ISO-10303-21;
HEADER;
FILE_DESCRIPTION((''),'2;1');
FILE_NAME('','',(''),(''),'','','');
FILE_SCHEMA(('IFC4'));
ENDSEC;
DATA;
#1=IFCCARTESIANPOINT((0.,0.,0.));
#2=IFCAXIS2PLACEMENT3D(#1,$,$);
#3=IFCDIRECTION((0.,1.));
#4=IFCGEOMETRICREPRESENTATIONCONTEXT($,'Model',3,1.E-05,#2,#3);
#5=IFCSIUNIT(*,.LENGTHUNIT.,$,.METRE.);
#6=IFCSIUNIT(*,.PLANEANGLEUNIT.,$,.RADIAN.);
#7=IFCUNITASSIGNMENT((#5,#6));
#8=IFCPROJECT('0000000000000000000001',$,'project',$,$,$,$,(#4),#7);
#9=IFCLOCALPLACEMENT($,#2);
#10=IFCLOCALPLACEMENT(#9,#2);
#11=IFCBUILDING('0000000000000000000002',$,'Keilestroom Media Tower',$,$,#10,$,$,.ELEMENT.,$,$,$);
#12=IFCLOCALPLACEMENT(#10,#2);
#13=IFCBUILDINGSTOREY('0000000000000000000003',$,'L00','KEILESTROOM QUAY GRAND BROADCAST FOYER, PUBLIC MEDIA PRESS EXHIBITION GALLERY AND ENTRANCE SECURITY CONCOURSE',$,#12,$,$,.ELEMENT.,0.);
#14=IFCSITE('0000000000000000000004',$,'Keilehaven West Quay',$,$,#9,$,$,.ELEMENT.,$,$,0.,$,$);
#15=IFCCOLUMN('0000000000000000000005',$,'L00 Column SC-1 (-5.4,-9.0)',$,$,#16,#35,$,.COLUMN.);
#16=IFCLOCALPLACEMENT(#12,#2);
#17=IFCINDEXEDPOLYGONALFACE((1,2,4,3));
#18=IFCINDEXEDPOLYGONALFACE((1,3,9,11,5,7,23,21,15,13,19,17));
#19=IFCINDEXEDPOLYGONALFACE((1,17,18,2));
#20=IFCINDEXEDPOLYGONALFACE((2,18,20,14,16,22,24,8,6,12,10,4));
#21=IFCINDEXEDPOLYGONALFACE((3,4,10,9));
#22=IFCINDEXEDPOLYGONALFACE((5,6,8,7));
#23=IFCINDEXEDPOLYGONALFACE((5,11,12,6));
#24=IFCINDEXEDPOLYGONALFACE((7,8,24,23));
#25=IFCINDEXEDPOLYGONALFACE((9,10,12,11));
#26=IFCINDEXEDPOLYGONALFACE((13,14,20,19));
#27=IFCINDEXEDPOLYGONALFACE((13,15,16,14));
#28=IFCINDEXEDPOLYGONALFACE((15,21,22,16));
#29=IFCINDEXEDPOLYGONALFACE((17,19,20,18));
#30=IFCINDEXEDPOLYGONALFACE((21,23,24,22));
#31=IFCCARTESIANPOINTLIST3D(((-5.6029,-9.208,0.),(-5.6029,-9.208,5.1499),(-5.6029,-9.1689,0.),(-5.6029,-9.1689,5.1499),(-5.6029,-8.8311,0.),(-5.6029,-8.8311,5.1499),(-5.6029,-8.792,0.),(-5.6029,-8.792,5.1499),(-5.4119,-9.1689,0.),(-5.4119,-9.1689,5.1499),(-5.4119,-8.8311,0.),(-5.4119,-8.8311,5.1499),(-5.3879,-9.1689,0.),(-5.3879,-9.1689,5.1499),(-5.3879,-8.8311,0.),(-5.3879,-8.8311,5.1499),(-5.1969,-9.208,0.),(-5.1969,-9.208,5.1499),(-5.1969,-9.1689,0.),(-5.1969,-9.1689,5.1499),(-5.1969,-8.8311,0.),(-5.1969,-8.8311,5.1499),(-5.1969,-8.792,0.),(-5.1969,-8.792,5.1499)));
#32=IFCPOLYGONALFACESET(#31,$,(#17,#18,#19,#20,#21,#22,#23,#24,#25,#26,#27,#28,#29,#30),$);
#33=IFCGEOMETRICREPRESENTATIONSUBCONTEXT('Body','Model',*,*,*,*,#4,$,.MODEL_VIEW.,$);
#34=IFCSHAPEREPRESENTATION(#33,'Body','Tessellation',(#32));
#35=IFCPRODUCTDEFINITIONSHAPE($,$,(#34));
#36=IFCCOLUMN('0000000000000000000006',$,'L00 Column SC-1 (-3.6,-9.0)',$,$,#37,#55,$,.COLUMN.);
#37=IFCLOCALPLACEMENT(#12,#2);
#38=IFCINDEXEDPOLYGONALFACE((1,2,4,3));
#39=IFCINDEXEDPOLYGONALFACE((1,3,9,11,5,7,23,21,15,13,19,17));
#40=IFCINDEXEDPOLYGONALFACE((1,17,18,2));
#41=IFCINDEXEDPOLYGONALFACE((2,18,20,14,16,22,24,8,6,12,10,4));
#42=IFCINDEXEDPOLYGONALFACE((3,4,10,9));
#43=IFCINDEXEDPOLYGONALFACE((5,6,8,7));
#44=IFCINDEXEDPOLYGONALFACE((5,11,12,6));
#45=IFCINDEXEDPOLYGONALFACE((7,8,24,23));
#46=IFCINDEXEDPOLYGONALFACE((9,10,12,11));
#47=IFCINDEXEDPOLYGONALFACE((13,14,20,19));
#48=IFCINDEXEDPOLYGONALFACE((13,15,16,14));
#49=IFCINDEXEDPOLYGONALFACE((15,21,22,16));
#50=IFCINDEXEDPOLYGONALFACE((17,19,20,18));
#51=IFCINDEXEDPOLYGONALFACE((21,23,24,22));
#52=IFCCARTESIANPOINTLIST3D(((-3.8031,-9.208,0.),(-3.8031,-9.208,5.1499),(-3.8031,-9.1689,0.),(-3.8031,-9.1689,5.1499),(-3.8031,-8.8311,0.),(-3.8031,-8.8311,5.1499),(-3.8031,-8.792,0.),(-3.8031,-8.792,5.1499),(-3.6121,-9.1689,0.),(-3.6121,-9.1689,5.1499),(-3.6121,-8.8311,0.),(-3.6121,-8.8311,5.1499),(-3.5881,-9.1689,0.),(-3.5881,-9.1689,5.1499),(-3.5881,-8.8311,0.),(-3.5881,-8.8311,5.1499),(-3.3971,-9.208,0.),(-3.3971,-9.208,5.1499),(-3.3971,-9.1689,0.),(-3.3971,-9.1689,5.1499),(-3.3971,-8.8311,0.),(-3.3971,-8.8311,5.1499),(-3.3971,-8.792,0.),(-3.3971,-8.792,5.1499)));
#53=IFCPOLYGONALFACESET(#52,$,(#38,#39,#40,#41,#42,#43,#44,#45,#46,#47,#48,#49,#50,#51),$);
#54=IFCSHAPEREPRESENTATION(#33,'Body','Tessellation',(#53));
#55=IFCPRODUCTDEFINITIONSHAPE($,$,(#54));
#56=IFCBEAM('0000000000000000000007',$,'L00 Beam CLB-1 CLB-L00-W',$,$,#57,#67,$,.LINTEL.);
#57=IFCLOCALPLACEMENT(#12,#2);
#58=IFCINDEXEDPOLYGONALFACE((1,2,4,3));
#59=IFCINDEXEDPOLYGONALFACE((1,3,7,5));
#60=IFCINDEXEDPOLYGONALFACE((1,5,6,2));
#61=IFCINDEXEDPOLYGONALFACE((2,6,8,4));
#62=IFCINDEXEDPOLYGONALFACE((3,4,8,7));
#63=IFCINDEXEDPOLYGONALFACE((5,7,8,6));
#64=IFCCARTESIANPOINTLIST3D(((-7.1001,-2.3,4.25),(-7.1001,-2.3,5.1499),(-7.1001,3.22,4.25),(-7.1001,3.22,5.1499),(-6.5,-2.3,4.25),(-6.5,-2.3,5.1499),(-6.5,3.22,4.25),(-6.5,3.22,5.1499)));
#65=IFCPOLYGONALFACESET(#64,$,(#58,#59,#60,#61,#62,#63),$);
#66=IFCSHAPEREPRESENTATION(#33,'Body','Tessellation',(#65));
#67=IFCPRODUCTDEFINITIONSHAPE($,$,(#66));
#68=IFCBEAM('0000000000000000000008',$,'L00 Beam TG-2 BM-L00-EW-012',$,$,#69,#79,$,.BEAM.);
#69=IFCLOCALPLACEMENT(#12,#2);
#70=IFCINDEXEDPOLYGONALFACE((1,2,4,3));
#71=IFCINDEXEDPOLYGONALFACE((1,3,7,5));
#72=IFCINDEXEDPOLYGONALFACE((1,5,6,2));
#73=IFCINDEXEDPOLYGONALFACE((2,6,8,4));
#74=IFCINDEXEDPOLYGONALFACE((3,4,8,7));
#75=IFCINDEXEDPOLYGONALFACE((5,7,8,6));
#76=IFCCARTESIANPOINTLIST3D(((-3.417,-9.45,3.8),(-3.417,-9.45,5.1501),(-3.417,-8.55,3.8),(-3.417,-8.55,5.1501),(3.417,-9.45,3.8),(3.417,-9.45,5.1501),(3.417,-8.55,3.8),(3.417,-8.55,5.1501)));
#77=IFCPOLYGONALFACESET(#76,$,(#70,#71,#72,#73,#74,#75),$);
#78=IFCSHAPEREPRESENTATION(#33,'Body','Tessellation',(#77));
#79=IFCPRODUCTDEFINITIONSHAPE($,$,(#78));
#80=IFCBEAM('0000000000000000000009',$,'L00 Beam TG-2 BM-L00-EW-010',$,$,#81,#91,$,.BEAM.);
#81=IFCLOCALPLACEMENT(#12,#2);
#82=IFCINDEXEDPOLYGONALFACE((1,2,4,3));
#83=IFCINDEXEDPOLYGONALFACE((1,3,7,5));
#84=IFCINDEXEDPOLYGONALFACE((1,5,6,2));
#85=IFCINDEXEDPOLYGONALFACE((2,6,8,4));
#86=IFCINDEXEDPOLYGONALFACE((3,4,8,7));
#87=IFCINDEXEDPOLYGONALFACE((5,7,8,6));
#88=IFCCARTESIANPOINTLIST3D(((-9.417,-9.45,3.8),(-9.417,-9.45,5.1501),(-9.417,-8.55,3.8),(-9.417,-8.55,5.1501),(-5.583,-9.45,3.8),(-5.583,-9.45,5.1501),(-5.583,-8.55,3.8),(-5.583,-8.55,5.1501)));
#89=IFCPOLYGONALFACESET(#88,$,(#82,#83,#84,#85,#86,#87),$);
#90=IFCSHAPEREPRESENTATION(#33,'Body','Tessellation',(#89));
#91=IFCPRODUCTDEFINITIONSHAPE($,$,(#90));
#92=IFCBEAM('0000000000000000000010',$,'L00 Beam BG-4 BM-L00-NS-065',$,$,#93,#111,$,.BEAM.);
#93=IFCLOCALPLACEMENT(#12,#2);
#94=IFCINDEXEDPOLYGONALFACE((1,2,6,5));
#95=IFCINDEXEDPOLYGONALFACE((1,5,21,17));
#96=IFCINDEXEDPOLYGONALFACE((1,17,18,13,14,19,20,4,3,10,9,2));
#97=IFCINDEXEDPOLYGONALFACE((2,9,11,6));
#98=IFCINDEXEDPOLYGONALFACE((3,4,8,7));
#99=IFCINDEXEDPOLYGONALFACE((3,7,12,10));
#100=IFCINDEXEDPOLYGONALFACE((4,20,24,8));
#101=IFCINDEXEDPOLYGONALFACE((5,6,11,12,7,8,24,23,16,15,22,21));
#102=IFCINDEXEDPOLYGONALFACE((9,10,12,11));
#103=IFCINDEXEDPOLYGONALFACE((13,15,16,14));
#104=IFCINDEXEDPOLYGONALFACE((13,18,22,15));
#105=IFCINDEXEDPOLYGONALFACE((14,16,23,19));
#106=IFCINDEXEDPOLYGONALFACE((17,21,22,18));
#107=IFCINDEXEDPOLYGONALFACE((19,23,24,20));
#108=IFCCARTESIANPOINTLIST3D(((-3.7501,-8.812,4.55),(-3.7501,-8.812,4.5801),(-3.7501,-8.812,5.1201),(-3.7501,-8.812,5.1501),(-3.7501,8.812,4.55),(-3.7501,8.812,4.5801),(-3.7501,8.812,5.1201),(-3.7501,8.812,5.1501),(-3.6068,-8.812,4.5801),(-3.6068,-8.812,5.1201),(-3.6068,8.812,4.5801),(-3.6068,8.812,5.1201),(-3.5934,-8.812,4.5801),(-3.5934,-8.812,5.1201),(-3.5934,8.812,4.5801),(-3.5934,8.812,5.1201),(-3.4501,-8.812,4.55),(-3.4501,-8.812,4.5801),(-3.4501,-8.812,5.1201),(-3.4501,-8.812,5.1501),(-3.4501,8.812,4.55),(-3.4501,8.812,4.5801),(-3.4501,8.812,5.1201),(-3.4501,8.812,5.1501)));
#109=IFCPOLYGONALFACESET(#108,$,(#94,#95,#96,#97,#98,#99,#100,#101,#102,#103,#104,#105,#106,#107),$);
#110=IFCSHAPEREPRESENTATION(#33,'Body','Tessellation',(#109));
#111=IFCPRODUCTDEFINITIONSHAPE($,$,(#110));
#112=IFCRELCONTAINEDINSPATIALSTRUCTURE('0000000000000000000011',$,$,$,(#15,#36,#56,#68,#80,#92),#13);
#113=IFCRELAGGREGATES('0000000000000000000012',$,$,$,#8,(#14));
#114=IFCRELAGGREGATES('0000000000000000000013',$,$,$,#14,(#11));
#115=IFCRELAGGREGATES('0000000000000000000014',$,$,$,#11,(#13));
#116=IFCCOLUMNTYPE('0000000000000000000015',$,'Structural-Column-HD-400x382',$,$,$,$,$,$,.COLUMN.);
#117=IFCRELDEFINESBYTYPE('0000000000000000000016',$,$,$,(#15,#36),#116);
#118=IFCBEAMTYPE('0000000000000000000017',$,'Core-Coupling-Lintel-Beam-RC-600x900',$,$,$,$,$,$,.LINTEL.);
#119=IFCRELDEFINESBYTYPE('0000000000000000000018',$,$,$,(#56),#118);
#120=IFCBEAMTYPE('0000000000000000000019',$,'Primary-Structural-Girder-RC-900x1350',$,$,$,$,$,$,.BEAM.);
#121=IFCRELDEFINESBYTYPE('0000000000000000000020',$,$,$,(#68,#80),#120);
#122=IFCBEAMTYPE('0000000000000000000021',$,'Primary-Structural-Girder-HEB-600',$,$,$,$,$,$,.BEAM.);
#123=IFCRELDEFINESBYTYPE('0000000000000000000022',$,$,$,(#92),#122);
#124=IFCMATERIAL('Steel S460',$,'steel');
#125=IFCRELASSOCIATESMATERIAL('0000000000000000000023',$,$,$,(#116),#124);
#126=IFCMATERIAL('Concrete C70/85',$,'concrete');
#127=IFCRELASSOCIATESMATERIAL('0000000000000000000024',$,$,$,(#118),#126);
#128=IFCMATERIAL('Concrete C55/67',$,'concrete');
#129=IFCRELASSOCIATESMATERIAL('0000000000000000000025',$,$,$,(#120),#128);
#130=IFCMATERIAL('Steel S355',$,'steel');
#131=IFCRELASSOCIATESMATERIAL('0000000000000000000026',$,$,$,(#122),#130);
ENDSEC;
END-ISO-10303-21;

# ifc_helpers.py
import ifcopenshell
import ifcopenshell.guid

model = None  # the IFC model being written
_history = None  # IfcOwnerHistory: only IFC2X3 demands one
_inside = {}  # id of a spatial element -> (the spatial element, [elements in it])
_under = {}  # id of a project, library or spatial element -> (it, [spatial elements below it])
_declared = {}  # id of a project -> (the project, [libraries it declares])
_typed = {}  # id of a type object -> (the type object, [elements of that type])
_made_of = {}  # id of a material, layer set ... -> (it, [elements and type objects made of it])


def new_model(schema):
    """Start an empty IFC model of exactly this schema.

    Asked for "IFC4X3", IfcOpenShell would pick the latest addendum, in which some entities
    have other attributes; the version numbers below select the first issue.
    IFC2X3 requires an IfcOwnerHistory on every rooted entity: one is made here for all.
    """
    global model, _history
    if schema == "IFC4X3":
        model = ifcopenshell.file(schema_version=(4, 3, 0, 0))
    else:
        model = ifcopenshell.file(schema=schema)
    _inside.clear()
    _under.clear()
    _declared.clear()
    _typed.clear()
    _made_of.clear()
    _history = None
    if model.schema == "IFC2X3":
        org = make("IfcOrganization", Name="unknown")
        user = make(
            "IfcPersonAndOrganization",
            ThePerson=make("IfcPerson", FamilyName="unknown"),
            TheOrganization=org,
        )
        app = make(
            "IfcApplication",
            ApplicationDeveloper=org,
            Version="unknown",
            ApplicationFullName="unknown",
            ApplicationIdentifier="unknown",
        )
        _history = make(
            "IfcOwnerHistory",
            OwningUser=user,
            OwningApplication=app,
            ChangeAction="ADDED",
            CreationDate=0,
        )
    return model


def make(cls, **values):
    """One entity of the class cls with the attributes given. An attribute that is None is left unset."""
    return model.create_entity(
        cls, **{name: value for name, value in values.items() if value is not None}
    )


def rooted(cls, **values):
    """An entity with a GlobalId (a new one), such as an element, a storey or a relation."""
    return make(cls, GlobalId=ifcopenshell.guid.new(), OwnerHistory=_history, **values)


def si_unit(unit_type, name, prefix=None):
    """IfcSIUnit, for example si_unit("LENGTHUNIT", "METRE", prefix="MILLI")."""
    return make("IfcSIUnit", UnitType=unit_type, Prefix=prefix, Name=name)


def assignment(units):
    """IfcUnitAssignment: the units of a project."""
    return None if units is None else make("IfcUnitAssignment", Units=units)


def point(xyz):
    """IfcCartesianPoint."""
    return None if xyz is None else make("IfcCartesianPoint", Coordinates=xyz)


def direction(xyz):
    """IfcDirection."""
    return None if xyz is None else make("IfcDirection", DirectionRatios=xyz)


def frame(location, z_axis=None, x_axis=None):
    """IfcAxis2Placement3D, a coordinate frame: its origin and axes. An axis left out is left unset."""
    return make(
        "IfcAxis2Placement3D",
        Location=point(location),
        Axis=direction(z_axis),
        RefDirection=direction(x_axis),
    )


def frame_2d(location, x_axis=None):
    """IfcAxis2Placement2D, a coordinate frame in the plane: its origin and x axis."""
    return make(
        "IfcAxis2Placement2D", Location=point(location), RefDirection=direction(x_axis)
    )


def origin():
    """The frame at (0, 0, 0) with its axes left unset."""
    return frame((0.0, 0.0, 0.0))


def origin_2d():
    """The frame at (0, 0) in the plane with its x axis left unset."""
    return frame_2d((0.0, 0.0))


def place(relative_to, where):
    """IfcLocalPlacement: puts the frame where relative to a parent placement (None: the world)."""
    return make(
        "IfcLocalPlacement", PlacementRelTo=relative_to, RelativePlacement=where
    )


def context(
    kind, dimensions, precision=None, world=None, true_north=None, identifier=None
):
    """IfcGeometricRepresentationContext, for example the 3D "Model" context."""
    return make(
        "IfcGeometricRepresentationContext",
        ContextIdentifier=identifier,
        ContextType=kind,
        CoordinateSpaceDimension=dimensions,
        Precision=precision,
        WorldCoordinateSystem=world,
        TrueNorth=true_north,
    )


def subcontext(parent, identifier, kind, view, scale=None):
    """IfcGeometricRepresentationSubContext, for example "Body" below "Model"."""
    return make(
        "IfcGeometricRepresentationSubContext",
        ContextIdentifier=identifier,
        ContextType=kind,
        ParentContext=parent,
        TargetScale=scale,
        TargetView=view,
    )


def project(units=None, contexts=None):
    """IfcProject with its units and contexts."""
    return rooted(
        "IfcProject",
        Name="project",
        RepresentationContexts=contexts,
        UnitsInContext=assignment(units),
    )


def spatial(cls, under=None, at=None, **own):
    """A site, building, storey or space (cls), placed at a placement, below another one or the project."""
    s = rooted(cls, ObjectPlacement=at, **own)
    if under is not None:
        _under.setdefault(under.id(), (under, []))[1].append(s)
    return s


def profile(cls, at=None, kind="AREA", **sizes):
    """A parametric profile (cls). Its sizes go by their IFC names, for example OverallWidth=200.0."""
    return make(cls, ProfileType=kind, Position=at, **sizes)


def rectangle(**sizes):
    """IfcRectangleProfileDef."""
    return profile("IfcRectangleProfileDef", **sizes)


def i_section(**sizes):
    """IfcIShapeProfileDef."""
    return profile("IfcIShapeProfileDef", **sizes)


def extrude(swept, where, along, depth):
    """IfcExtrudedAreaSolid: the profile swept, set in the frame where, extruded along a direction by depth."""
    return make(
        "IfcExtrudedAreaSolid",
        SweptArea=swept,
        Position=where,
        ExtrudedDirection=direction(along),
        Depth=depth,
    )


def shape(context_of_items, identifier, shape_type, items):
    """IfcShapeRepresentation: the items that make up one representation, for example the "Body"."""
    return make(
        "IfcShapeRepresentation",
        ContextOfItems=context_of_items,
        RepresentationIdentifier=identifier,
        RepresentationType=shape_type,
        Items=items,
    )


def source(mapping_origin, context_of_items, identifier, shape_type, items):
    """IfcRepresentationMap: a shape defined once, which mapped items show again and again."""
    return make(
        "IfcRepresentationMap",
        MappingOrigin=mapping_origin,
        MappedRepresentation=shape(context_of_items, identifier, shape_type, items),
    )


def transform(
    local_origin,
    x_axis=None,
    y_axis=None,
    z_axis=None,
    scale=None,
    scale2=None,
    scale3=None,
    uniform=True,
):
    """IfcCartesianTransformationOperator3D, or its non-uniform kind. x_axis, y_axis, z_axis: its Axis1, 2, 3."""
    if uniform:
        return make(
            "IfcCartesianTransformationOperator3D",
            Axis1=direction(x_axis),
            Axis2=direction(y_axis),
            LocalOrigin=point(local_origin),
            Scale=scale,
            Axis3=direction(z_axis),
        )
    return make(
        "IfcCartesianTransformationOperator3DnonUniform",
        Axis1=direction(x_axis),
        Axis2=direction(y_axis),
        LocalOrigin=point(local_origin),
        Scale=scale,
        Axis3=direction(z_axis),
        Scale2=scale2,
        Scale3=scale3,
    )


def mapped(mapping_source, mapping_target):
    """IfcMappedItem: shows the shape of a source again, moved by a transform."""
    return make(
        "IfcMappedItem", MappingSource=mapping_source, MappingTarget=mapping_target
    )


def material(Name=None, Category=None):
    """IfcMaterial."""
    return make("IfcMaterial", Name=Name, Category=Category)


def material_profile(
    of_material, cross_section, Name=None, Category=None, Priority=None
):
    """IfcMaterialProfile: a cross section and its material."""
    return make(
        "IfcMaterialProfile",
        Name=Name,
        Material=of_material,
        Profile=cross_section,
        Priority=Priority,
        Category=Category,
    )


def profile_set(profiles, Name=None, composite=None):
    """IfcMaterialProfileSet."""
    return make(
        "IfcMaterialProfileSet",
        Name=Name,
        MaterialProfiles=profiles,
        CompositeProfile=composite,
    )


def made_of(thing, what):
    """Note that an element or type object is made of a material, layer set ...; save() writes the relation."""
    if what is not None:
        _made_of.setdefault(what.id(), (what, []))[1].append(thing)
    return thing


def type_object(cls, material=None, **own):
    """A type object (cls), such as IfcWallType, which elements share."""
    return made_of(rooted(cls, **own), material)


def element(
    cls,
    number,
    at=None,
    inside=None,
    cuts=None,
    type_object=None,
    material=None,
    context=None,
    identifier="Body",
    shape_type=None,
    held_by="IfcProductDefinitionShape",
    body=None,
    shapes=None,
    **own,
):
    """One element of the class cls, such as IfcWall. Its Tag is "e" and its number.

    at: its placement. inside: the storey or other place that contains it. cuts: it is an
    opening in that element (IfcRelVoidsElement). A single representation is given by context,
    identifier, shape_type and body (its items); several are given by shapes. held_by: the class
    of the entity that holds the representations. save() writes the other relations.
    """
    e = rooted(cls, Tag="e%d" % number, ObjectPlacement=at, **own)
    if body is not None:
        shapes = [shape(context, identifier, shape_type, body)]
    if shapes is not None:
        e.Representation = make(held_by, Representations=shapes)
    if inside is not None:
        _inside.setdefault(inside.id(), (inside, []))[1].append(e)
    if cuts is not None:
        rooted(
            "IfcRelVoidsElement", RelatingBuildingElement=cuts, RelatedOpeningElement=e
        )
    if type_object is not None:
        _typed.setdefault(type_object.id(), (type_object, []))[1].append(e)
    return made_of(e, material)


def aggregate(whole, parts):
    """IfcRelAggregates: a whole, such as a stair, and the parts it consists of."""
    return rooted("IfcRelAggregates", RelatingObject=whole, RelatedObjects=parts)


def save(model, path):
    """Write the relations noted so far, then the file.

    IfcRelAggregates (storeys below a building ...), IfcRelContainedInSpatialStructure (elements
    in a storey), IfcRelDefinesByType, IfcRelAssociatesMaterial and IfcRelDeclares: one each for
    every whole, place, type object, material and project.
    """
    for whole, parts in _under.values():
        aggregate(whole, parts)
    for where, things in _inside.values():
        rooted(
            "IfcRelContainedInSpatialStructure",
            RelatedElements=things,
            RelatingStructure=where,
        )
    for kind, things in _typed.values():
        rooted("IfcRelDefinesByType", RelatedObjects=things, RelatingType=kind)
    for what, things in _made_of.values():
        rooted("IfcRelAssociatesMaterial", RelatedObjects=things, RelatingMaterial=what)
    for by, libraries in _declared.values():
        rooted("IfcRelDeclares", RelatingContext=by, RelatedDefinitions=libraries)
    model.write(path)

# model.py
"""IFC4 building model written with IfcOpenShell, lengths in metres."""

from ifc_helpers import new_model, si_unit, direction, frame, origin, origin_2d, place, context, subcontext, project, spatial, rectangle, i_section, extrude, source, transform, mapped, material, material_profile, profile_set, type_object, element, save


model = new_model("IFC4")

# Units and contexts
model_context = context("Model", 3, precision=1e-05, world=origin(), true_north=direction((0.0, 1.0)))
body_context = subcontext(model_context, "Body", "Model", "MODEL_VIEW")
ifc_project = project(units=[si_unit("LENGTHUNIT", "METRE"), si_unit("PLANEANGLEUNIT", "RADIAN")], contexts=[model_context])

# Site, building, storey
site_placement = place(None, origin())
site = spatial("IfcSite", under=ifc_project, at=site_placement, Name="Keilehaven West Quay", CompositionType="ELEMENT", RefElevation=0.0)
building_placement = place(site_placement, origin())
building = spatial("IfcBuilding", under=site, at=building_placement, Name="Keilestroom Media Tower", CompositionType="ELEMENT")
storey_placement = place(building_placement, origin())
storey = spatial("IfcBuildingStorey", under=building, at=storey_placement, Name="L00", Description="KEILESTROOM QUAY GRAND BROADCAST FOYER, PUBLIC MEDIA PRESS EXHIBITION GALLERY AND ENTRANCE SECURITY CONCOURSE", CompositionType="ELEMENT", Elevation=0.0)

# Columns
ifc_material_1 = material(Name="Steel S460", Category="steel")
ifc_material_profile_1 = material_profile(ifc_material_1, i_section(OverallWidth=0.406, OverallDepth=0.416, WebThickness=0.0239, FlangeThickness=0.0391, at=origin_2d()), Name="HD 400x382")
ifc_profile_set_1 = profile_set([ifc_material_profile_1], Name="Steel S460")
column_type = type_object("IfcColumnType", Name="Structural-Column-HD-400x382", PredefinedType="COLUMN", material=ifc_profile_set_1)
shared_shape_1 = source(origin(), body_context, "Body", "SweptSolid", [
    extrude(i_section(OverallWidth=0.406, OverallDepth=0.416, WebThickness=0.0239, FlangeThickness=0.0391, at=origin_2d()), origin(), (0.0, 0.0, 1.0), 5.1499),
])
for number, where, z_axis, x_axis, name in (
    (1, (-5.3999, -9.0, 0.0), (0.0, 0.0, 1.0), (1.0, 0.0, 0.0), "L00 Column SC-1 (-5.4,-9.0)"),
    (2, (-3.6001, -9.0, 0.0), (0.0, 0.0, 1.0), (1.0, 0.0, 0.0), "L00 Column SC-1 (-3.6,-9.0)"),
):
    element("IfcColumn", number, at=place(storey_placement, frame(where, z_axis=z_axis, x_axis=x_axis)), inside=storey, type_object=column_type, Name=name, PredefinedType="COLUMN", context=body_context, shape_type="MappedRepresentation", body=[
        mapped(shared_shape_1, transform((0.0, 0.0, 0.0), x_axis=(1.0, 0.0, 0.0), y_axis=(0.0, 1.0, 0.0), z_axis=(0.0, 0.0, 1.0), scale=1.0)),
    ])

# Beams
ifc_material_2 = material(Name="Concrete C70/85", Category="concrete")
ifc_material_profile_2 = material_profile(ifc_material_2, rectangle(XDim=0.6001, YDim=0.8999, at=origin_2d()), Name="RC 600x900")
ifc_profile_set_2 = profile_set([ifc_material_profile_2], Name="Concrete C70/85")
beam_type_1 = type_object("IfcBeamType", Name="Core-Coupling-Lintel-Beam-RC-600x900", PredefinedType="LINTEL", material=ifc_profile_set_2)
shared_shape_2 = source(origin(), body_context, "Body", "SweptSolid", [
    extrude(rectangle(XDim=0.6001, YDim=0.8999, at=origin_2d()), origin(), (0.0, 0.0, 1.0), 5.52),
])
beam_1_placement = place(storey_placement, frame((-6.8, -2.3, 4.7), z_axis=(0.0, 1.0, 0.0), x_axis=(-1.0, 0.0, 0.0)))
element("IfcBeam", 3, at=beam_1_placement, inside=storey, type_object=beam_type_1, Name="L00 Beam CLB-1 CLB-L00-W", PredefinedType="LINTEL", context=body_context, shape_type="MappedRepresentation", body=[
    mapped(shared_shape_2, transform((0.0, 0.0, 0.0), x_axis=(1.0, 0.0, 0.0), y_axis=(0.0, 1.0, 0.0), z_axis=(0.0, 0.0, 1.0), scale=1.0)),
])
ifc_material_3 = material(Name="Concrete C55/67", Category="concrete")
ifc_material_profile_3 = material_profile(ifc_material_3, rectangle(XDim=0.8999, YDim=1.3501, at=origin_2d()), Name="RC 900x1350")
ifc_profile_set_3 = profile_set([ifc_material_profile_3], Name="Concrete C55/67")
beam_type_2 = type_object("IfcBeamType", Name="Primary-Structural-Girder-RC-900x1350", PredefinedType="BEAM", material=ifc_profile_set_3)
shared_shape_3 = source(origin(), body_context, "Body", "SweptSolid", [
    extrude(rectangle(XDim=0.8999, YDim=1.3501, at=origin_2d()), origin(), (0.0, 0.0, 1.0), 6.834),
])
beam_2_placement = place(storey_placement, frame((-3.417, -9.0, 4.4751), z_axis=(1.0, 0.0, 0.0), x_axis=(0.0, 1.0, 0.0)))
element("IfcBeam", 4, at=beam_2_placement, inside=storey, type_object=beam_type_2, Name="L00 Beam TG-2 BM-L00-EW-012", PredefinedType="BEAM", context=body_context, shape_type="MappedRepresentation", body=[
    mapped(shared_shape_3, transform((0.0, 0.0, 0.0), x_axis=(1.0, 0.0, 0.0), y_axis=(0.0, 1.0, 0.0), z_axis=(0.0, 0.0, 1.0), scale=1.0)),
])
shared_shape_4 = source(origin(), body_context, "Body", "SweptSolid", [
    extrude(rectangle(XDim=0.8999, YDim=1.3501, at=origin_2d()), origin(), (0.0, 0.0, 1.0), 3.834),
])
beam_3_placement = place(storey_placement, frame((-9.417, -9.0, 4.4751), z_axis=(1.0, 0.0, 0.0), x_axis=(0.0, 1.0, 0.0)))
element("IfcBeam", 5, at=beam_3_placement, inside=storey, type_object=beam_type_2, Name="L00 Beam TG-2 BM-L00-EW-010", PredefinedType="BEAM", context=body_context, shape_type="MappedRepresentation", body=[
    mapped(shared_shape_4, transform((0.0, 0.0, 0.0), x_axis=(1.0, 0.0, 0.0), y_axis=(0.0, 1.0, 0.0), z_axis=(0.0, 0.0, 1.0), scale=1.0)),
])
ifc_material_4 = material(Name="Steel S355", Category="steel")
ifc_material_profile_4 = material_profile(ifc_material_4, i_section(OverallWidth=0.3, OverallDepth=0.6001, WebThickness=0.0134, FlangeThickness=0.03, at=origin_2d()), Name="HEB 600")
ifc_profile_set_4 = profile_set([ifc_material_profile_4], Name="Steel S355")
beam_type_3 = type_object("IfcBeamType", Name="Primary-Structural-Girder-HEB-600", PredefinedType="BEAM", material=ifc_profile_set_4)
shared_shape_5 = source(origin(), body_context, "Body", "SweptSolid", [
    extrude(i_section(OverallWidth=0.3, OverallDepth=0.6001, WebThickness=0.0134, FlangeThickness=0.03, at=origin_2d()), origin(), (0.0, 0.0, 1.0), 17.624),
])
beam_4_placement = place(storey_placement, frame((-3.6001, -8.812, 4.8501), z_axis=(0.0, 1.0, 0.0), x_axis=(-1.0, 0.0, 0.0)))
element("IfcBeam", 6, at=beam_4_placement, inside=storey, type_object=beam_type_3, Name="L00 Beam BG-4 BM-L00-NS-065", PredefinedType="BEAM", context=body_context, shape_type="MappedRepresentation", body=[
    mapped(shared_shape_5, transform((0.0, 0.0, 0.0), x_axis=(1.0, 0.0, 0.0), y_axis=(0.0, 1.0, 0.0), z_axis=(0.0, 0.0, 1.0), scale=1.0)),
])

save(model, "model.ifc")
